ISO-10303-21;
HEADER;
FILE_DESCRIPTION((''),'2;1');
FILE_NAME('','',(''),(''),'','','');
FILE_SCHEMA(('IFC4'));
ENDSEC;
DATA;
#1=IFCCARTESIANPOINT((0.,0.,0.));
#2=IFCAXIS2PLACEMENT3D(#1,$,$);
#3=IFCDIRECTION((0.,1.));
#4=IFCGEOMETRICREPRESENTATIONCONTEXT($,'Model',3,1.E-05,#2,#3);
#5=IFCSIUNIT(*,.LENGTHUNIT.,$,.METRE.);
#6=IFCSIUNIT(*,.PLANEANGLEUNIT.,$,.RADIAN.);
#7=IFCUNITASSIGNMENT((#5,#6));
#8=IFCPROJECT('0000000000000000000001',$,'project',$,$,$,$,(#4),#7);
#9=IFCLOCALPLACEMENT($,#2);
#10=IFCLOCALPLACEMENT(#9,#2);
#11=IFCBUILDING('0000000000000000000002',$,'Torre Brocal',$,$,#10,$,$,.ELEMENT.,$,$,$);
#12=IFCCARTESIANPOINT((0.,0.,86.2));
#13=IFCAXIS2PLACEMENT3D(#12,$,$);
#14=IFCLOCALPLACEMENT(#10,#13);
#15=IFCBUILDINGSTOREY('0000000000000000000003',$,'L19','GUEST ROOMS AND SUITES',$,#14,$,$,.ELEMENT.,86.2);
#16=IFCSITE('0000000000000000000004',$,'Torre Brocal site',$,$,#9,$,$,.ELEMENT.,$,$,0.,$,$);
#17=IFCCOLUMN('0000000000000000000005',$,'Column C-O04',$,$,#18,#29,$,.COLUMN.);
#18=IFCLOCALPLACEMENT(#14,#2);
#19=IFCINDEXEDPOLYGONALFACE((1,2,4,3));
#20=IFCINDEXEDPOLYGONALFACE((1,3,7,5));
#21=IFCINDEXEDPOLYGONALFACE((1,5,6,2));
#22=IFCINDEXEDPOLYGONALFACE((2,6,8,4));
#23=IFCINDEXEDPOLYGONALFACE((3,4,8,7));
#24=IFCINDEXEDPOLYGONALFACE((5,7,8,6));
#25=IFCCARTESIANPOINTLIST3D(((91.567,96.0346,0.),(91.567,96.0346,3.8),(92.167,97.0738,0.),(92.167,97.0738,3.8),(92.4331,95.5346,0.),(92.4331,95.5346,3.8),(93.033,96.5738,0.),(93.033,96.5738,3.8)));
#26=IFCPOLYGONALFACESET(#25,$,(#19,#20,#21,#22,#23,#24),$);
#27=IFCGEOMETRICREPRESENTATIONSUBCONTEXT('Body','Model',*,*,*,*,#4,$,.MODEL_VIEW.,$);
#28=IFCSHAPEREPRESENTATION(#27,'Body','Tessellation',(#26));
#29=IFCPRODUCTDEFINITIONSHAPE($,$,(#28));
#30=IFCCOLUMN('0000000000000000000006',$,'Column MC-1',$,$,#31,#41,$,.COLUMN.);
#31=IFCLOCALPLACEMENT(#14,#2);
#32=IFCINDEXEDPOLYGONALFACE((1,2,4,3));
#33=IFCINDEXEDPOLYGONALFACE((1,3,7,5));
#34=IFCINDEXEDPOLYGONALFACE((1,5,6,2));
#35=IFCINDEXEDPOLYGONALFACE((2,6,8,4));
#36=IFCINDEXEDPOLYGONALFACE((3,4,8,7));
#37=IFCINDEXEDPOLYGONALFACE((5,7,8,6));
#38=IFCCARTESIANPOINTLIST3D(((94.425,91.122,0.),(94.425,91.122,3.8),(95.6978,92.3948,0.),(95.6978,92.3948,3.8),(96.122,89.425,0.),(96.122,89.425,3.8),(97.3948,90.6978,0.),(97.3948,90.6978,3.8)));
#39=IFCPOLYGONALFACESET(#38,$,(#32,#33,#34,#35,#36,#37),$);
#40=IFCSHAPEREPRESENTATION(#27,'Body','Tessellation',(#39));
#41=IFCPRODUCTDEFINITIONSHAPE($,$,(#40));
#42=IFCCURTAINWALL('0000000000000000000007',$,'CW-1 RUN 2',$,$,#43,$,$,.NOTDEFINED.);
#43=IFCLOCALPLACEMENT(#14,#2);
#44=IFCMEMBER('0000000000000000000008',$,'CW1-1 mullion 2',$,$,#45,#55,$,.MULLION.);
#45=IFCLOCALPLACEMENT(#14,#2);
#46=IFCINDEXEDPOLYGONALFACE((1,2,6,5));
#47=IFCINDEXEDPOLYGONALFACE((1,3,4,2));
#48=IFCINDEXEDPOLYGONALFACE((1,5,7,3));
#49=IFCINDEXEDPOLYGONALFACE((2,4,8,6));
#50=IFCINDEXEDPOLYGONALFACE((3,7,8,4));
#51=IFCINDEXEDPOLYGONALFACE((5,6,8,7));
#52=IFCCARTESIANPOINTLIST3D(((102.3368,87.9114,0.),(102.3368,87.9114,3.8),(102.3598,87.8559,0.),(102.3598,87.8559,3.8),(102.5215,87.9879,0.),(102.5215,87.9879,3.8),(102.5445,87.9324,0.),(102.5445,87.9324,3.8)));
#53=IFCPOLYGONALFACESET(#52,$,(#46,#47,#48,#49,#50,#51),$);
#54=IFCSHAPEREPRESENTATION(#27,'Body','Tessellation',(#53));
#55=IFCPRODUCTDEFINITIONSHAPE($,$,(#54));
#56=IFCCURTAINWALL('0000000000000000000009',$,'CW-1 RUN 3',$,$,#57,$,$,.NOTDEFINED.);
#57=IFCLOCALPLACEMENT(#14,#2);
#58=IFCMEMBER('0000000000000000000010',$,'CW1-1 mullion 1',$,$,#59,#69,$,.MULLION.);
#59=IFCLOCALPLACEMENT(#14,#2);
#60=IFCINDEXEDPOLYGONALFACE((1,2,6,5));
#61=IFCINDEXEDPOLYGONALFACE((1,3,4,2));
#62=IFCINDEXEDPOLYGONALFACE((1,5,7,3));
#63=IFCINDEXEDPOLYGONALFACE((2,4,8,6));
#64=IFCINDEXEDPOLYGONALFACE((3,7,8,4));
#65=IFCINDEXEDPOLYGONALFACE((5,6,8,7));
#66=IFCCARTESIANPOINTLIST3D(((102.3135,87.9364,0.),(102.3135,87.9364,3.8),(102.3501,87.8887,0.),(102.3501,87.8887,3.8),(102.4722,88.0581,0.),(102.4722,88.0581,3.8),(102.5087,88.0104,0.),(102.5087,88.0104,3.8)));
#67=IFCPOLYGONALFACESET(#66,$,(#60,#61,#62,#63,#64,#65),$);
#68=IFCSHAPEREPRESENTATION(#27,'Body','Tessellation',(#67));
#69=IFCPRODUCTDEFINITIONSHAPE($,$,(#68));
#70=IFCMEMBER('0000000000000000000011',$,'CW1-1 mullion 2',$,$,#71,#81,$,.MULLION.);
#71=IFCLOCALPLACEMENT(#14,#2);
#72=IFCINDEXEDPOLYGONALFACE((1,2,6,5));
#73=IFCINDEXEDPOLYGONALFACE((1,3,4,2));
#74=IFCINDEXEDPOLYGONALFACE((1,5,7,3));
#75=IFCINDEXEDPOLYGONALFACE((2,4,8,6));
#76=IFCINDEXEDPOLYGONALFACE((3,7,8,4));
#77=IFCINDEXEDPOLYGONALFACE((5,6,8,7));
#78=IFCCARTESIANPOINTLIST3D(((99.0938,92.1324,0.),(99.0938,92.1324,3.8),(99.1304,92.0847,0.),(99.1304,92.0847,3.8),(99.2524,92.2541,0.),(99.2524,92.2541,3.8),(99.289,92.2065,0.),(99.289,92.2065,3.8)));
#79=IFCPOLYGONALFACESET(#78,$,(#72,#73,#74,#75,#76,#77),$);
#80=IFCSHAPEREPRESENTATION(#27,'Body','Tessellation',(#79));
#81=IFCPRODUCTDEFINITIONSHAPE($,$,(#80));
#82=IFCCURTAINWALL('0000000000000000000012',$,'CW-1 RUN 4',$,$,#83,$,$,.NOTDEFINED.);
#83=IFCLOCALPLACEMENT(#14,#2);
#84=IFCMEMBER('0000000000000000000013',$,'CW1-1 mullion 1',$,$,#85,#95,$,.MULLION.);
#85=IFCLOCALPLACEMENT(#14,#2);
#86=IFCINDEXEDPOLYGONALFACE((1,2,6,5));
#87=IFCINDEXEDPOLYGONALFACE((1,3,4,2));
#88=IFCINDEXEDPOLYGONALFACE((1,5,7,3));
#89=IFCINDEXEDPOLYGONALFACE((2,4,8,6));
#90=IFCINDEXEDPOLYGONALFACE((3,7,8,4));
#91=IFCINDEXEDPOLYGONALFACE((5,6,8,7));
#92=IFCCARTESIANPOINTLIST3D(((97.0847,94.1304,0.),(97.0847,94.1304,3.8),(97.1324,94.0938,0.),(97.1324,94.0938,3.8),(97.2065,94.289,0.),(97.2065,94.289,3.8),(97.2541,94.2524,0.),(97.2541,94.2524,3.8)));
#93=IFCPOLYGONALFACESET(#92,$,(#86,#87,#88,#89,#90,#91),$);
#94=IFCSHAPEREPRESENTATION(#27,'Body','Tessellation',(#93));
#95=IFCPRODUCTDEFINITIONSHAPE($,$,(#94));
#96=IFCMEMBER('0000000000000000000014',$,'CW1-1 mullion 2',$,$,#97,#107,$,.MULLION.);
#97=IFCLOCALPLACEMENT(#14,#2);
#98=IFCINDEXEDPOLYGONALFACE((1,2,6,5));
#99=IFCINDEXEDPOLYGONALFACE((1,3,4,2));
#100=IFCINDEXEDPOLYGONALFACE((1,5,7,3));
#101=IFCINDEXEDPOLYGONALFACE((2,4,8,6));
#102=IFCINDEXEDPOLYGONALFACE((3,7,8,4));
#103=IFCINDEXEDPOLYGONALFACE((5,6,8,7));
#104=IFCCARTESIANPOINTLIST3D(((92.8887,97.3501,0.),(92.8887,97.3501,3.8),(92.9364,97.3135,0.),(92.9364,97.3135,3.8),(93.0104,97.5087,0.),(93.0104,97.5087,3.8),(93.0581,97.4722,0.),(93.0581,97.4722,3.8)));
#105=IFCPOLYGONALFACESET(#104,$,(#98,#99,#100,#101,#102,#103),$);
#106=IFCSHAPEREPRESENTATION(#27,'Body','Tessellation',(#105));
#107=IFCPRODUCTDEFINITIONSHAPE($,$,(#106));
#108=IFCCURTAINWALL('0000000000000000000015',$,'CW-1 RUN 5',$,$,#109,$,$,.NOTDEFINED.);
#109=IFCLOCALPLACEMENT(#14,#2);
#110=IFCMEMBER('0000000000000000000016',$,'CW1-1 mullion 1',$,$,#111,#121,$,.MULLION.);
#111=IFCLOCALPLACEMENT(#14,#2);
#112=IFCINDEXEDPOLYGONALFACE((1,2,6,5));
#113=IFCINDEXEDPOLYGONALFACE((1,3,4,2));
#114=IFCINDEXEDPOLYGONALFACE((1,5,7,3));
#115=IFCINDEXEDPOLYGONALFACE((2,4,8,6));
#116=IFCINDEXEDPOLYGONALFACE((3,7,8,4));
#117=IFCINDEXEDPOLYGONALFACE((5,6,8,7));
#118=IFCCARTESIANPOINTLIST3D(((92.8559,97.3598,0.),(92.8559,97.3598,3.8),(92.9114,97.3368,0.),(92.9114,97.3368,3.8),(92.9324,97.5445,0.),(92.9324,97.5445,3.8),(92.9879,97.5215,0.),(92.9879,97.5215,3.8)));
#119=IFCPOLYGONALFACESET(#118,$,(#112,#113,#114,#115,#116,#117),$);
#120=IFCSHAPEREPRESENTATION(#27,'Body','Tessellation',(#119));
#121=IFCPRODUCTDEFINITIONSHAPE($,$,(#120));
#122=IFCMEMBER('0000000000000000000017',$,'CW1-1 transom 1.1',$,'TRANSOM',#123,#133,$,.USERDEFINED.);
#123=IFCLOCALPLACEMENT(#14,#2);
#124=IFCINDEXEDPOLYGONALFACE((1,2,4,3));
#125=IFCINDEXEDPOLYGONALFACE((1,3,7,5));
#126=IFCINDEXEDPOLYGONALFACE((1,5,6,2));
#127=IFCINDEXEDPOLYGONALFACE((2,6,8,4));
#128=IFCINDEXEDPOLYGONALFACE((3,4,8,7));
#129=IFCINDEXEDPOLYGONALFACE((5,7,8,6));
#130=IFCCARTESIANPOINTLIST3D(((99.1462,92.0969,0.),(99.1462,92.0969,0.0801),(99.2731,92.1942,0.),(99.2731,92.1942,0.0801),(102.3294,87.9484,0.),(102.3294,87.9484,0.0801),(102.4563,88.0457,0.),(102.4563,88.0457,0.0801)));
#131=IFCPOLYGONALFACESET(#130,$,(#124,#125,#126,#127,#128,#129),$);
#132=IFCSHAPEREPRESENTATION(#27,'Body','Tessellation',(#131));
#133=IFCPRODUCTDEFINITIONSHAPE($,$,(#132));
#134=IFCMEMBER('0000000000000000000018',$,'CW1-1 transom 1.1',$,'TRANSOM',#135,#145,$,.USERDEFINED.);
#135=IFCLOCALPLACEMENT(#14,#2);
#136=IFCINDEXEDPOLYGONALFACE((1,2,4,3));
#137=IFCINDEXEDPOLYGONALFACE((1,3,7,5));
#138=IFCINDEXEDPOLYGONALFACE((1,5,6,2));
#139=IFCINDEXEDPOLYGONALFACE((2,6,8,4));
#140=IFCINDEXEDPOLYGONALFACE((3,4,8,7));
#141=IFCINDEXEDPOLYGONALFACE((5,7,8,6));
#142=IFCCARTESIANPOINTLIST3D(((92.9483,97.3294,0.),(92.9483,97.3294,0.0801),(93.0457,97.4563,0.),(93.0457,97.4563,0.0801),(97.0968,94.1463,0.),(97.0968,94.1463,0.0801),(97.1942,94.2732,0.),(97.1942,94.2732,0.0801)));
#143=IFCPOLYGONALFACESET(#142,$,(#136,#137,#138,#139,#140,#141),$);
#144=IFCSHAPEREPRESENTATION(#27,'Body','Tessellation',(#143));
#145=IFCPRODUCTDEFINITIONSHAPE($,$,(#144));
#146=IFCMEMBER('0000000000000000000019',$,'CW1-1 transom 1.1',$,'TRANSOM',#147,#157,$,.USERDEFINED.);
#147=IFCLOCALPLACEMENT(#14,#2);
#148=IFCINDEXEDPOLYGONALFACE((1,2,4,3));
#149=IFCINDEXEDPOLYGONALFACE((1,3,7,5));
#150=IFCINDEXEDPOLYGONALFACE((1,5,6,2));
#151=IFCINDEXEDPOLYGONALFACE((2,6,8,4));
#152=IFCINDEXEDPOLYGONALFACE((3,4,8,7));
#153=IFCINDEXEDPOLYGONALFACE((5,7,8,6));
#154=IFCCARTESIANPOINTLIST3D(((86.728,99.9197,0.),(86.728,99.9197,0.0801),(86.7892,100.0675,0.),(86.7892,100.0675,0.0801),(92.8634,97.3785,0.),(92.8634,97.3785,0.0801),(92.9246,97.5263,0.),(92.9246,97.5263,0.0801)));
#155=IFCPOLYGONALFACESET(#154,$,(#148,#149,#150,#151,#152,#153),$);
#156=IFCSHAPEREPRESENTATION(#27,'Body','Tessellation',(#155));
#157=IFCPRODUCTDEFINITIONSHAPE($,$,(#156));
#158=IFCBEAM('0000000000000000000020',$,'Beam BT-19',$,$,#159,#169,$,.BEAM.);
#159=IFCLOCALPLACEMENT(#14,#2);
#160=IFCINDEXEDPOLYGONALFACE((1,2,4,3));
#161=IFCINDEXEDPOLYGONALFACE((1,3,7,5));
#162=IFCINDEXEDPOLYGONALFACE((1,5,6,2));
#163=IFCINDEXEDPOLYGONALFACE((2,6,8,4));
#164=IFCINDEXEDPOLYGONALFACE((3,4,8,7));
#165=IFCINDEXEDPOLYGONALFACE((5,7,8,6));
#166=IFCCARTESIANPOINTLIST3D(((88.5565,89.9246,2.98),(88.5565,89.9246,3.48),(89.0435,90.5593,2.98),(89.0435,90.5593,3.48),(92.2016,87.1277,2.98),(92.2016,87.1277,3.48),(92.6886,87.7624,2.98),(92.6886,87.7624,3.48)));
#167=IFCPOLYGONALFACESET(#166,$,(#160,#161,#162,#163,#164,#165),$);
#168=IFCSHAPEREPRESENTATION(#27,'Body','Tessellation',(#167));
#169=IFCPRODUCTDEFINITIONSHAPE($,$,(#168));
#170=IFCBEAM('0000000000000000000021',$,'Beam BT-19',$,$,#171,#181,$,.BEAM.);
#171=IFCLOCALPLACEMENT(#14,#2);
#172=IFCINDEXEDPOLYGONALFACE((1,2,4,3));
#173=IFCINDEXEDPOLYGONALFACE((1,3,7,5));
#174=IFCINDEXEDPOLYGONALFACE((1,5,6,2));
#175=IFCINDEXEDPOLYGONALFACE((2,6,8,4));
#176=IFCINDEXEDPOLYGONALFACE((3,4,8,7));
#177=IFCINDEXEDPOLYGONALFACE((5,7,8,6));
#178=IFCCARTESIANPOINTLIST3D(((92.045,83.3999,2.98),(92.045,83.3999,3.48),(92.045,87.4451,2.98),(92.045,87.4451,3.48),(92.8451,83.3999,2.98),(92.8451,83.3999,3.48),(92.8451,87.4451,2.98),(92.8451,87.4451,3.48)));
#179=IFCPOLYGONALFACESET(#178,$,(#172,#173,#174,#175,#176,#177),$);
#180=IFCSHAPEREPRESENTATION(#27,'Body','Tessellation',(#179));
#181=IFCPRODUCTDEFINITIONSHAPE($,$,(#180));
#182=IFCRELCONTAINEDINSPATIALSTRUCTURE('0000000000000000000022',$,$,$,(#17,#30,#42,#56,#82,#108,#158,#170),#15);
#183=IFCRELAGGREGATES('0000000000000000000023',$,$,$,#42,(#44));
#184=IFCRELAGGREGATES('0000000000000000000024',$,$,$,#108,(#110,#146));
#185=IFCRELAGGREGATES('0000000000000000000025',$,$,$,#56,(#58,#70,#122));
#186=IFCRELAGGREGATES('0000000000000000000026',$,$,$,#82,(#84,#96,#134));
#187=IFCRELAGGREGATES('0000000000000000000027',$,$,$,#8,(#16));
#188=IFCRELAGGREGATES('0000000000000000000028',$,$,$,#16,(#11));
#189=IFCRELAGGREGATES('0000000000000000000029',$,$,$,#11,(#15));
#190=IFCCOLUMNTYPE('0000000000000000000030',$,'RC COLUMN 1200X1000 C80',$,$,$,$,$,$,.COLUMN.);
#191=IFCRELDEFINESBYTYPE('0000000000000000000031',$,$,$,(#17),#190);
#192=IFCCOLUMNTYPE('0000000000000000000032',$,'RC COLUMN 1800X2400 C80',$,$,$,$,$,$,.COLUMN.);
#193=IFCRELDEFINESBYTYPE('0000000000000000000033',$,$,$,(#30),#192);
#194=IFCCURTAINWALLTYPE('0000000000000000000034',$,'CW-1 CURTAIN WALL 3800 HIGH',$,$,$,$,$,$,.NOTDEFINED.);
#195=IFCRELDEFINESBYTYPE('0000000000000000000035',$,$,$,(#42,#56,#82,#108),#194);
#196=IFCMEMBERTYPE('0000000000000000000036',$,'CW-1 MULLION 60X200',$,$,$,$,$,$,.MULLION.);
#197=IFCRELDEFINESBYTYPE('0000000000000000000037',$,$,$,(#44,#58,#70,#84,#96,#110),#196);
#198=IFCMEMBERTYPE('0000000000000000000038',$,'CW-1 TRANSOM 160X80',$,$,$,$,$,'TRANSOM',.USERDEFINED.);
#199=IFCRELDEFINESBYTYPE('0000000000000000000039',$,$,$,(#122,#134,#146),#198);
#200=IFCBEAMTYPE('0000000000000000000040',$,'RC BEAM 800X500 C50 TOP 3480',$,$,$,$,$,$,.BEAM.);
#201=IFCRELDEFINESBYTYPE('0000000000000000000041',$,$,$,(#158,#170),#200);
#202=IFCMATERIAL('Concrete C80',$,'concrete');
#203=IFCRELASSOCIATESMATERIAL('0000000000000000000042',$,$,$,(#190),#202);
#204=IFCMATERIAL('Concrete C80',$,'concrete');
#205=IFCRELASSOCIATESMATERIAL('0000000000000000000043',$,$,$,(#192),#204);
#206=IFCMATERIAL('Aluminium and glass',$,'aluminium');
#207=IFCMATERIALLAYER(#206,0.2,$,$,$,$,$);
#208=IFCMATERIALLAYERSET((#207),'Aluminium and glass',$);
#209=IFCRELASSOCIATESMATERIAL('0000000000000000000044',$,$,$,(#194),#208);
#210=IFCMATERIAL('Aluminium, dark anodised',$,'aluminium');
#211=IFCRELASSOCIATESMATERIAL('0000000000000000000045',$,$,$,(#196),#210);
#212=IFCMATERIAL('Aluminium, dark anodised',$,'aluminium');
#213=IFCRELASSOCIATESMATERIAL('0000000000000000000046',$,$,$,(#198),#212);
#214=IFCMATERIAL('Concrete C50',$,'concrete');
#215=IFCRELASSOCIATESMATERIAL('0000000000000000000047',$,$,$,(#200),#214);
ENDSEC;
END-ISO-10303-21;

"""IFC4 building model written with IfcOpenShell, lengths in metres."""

from ifc_helpers import new_model, si_unit, direction, frame, origin, origin_2d, place, context, subcontext, project, spatial, rectangle, extrude, material, layer, layer_set, material_profile, profile_set, type_object, element, aggregate, save


model = new_model("IFC4")

# Units and contexts
model_context = context("Model", 3, precision=1e-05, world=origin(), true_north=direction((0.0, 1.0)))
body_context = subcontext(model_context, "Body", "Model", "MODEL_VIEW")
ifc_project = project(units=[si_unit("LENGTHUNIT", "METRE"), si_unit("PLANEANGLEUNIT", "RADIAN")], contexts=[model_context])

# Site, building, storey
site_placement = place(None, origin())
site = spatial("IfcSite", under=ifc_project, at=site_placement, Name="Torre Brocal site", CompositionType="ELEMENT", RefElevation=0.0)
building_placement = place(site_placement, origin())
building = spatial("IfcBuilding", under=site, at=building_placement, Name="Torre Brocal", CompositionType="ELEMENT")
storey_placement = place(building_placement, frame((0.0, 0.0, 86.2)))
storey = spatial("IfcBuildingStorey", under=building, at=storey_placement, Name="L19", Description="GUEST ROOMS AND SUITES", CompositionType="ELEMENT", Elevation=86.2)

# Columns
ifc_material_1 = material(Name="Concrete C80", Category="concrete")
ifc_material_profile_1 = material_profile(ifc_material_1, rectangle(XDim=1.2, YDim=1.0, at=origin_2d()), Name="RC 1200X1000")
ifc_profile_set_1 = profile_set([ifc_material_profile_1], Name="Concrete C80")
column_type_1 = type_object("IfcColumnType", Name="RC COLUMN 1200X1000 C80", PredefinedType="COLUMN", material=ifc_profile_set_1)
column_1_placement = place(storey_placement, frame((92.3, 96.3042, 0.0), z_axis=(0.0, 0.0, 1.0), x_axis=(0.5, 0.866025, 0.0)))
element("IfcColumn", 1, at=column_1_placement, inside=storey, type_object=column_type_1, Name="Column C-O04", PredefinedType="COLUMN", context=body_context, shape_type="SweptSolid", body=[
    extrude(rectangle(XDim=1.2, YDim=1.0, at=origin_2d()), origin(), (0.0, 0.0, 1.0), 3.8),
])
ifc_material_2 = material(Name="Concrete C80", Category="concrete")
ifc_material_profile_2 = material_profile(ifc_material_2, rectangle(XDim=1.8, YDim=2.3999, at=origin_2d()), Name="RC 1800X2400")
ifc_profile_set_2 = profile_set([ifc_material_profile_2], Name="Concrete C80")
column_type_2 = type_object("IfcColumnType", Name="RC COLUMN 1800X2400 C80", PredefinedType="COLUMN", material=ifc_profile_set_2)
column_2_placement = place(storey_placement, frame((95.9099, 90.9099, 0.0), z_axis=(0.0, 0.0, 1.0), x_axis=(0.707107, 0.707107, 0.0)))
element("IfcColumn", 2, at=column_2_placement, inside=storey, type_object=column_type_2, Name="Column MC-1", PredefinedType="COLUMN", context=body_context, shape_type="SweptSolid", body=[
    extrude(rectangle(XDim=1.8, YDim=2.3999, at=origin_2d()), origin(), (0.0, 0.0, 1.0), 3.8),
])

# Curtain wall, member
ifc_material_3 = material(Name="Aluminium and glass", Category="aluminium")
ifc_layer_1 = layer(ifc_material_3, 0.2)
ifc_layer_set_1 = layer_set([ifc_layer_1], Name="Aluminium and glass")
curtain_wall_type = type_object("IfcCurtainWallType", Name="CW-1 CURTAIN WALL 3800 HIGH", PredefinedType="NOTDEFINED", material=ifc_layer_set_1)
curtain_wall_1_placement = place(storey_placement, origin())
curtain_wall_1 = element("IfcCurtainWall", 3, at=curtain_wall_1_placement, inside=storey, type_object=curtain_wall_type, Name="CW-1 RUN 2", PredefinedType="NOTDEFINED")
ifc_material_4 = material(Name="Aluminium, dark anodised", Category="aluminium")
ifc_material_profile_3 = material_profile(ifc_material_4, rectangle(XDim=0.2, YDim=0.0601, at=origin_2d()), Name="CW-1 MULLION 60X200")
ifc_profile_set_3 = profile_set([ifc_material_profile_3], Name="Aluminium, dark anodised")
member_type_1 = type_object("IfcMemberType", Name="CW-1 MULLION 60X200", PredefinedType="MULLION", material=ifc_profile_set_3)
member_1_placement = place(storey_placement, frame((102.4407, 87.9219, 0.0), z_axis=(0.0, 0.0, 1.0), x_axis=(-0.92388, -0.382683, 0.0)))
member_1 = element("IfcMember", 4, at=member_1_placement, type_object=member_type_1, Name="CW1-1 mullion 2", PredefinedType="MULLION", context=body_context, shape_type="SweptSolid", body=[
    extrude(rectangle(XDim=0.2, YDim=0.0601, at=origin_2d()), origin(), (0.0, 0.0, 1.0), 3.8),
])
aggregate(curtain_wall_1, [member_1])

# Curtain walls, members
curtain_wall_2_placement = place(storey_placement, origin())
curtain_wall_2 = element("IfcCurtainWall", 5, at=curtain_wall_2_placement, inside=storey, type_object=curtain_wall_type, Name="CW-1 RUN 3", PredefinedType="NOTDEFINED")
member_2_placement = place(storey_placement, frame((102.4111, 87.9734, 0.0), z_axis=(0.0, 0.0, 1.0), x_axis=(-0.793353, -0.608761, 0.0)))
member_2 = element("IfcMember", 6, at=member_2_placement, type_object=member_type_1, Name="CW1-1 mullion 1", PredefinedType="MULLION", context=body_context, shape_type="SweptSolid", body=[
    extrude(rectangle(XDim=0.2, YDim=0.0601, at=origin_2d()), origin(), (0.0, 0.0, 1.0), 3.8),
])
member_3_placement = place(storey_placement, frame((99.1914, 92.1694, 0.0), z_axis=(0.0, 0.0, 1.0), x_axis=(-0.793353, -0.608761, 0.0)))
member_3 = element("IfcMember", 7, at=member_3_placement, type_object=member_type_1, Name="CW1-1 mullion 2", PredefinedType="MULLION", context=body_context, shape_type="SweptSolid", body=[
    extrude(rectangle(XDim=0.2, YDim=0.0601, at=origin_2d()), origin(), (0.0, 0.0, 1.0), 3.8),
])
curtain_wall_3_placement = place(storey_placement, origin())
curtain_wall_3 = element("IfcCurtainWall", 8, at=curtain_wall_3_placement, inside=storey, type_object=curtain_wall_type, Name="CW-1 RUN 4", PredefinedType="NOTDEFINED")
member_4_placement = place(storey_placement, frame((97.1694, 94.1914, 0.0), z_axis=(0.0, 0.0, 1.0), x_axis=(-0.608761, -0.793353, 0.0)))
member_4 = element("IfcMember", 9, at=member_4_placement, type_object=member_type_1, Name="CW1-1 mullion 1", PredefinedType="MULLION", context=body_context, shape_type="SweptSolid", body=[
    extrude(rectangle(XDim=0.2, YDim=0.0601, at=origin_2d()), origin(), (0.0, 0.0, 1.0), 3.8),
])
member_5_placement = place(storey_placement, frame((92.9734, 97.4111, 0.0), z_axis=(0.0, 0.0, 1.0), x_axis=(-0.608761, -0.793353, 0.0)))
member_5 = element("IfcMember", 10, at=member_5_placement, type_object=member_type_1, Name="CW1-1 mullion 2", PredefinedType="MULLION", context=body_context, shape_type="SweptSolid", body=[
    extrude(rectangle(XDim=0.2, YDim=0.0601, at=origin_2d()), origin(), (0.0, 0.0, 1.0), 3.8),
])

# Curtain wall, member
curtain_wall_4_placement = place(storey_placement, origin())
curtain_wall_4 = element("IfcCurtainWall", 11, at=curtain_wall_4_placement, inside=storey, type_object=curtain_wall_type, Name="CW-1 RUN 5", PredefinedType="NOTDEFINED")
member_6_placement = place(storey_placement, frame((92.9219, 97.4407, 0.0), z_axis=(0.0, 0.0, 1.0), x_axis=(-0.382683, -0.92388, 0.0)))
member_6 = element("IfcMember", 12, at=member_6_placement, type_object=member_type_1, Name="CW1-1 mullion 1", PredefinedType="MULLION", context=body_context, shape_type="SweptSolid", body=[
    extrude(rectangle(XDim=0.2, YDim=0.0601, at=origin_2d()), origin(), (0.0, 0.0, 1.0), 3.8),
])

# Members
ifc_material_5 = material(Name="Aluminium, dark anodised", Category="aluminium")
ifc_material_profile_4 = material_profile(ifc_material_5, rectangle(XDim=0.1599, YDim=0.0801, at=origin_2d()), Name="CW-1 TRANSOM 160X80")
ifc_profile_set_4 = profile_set([ifc_material_profile_4], Name="Aluminium, dark anodised")
member_type_2 = type_object("IfcMemberType", Name="CW-1 TRANSOM 160X80", ElementType="TRANSOM", PredefinedType="USERDEFINED", material=ifc_profile_set_4)
member_7_placement = place(storey_placement, frame((102.3928, 87.9971, 0.04), z_axis=(-0.608749, 0.793363, 0.0), x_axis=(-0.793363, -0.608749, 0.0)))
member_7 = element("IfcMember", 13, at=member_7_placement, type_object=member_type_2, Name="CW1-1 transom 1.1", ObjectType="TRANSOM", PredefinedType="USERDEFINED", context=body_context, shape_type="SweptSolid", body=[
    extrude(rectangle(XDim=0.1599, YDim=0.0801, at=origin_2d()), origin(), (0.0, 0.0, 1.0), 5.229),
])
member_8_placement = place(storey_placement, frame((97.1455, 94.2097, 0.04), z_axis=(-0.793363, 0.608749, 0.0), x_axis=(-0.608749, -0.793363, 0.0)))
member_8 = element("IfcMember", 14, at=member_8_placement, type_object=member_type_2, Name="CW1-1 transom 1.1", ObjectType="TRANSOM", PredefinedType="USERDEFINED", context=body_context, shape_type="SweptSolid", body=[
    extrude(rectangle(XDim=0.1599, YDim=0.0801, at=origin_2d()), origin(), (0.0, 0.0, 1.0), 5.229),
])
member_9_placement = place(storey_placement, frame((92.894, 97.4524, 0.04), z_axis=(-0.923887, 0.382665, 0.0), x_axis=(-0.382665, -0.923887, 0.0)))
member_9 = element("IfcMember", 15, at=member_9_placement, type_object=member_type_2, Name="CW1-1 transom 1.1", ObjectType="TRANSOM", PredefinedType="USERDEFINED", context=body_context, shape_type="SweptSolid", body=[
    extrude(rectangle(XDim=0.1599, YDim=0.0801, at=origin_2d()), origin(), (0.0, 0.0, 1.0), 6.6409),
])
aggregate(curtain_wall_4, [member_6, member_9])

# Beams
ifc_material_6 = material(Name="Concrete C50", Category="concrete")
ifc_material_profile_5 = material_profile(ifc_material_6, rectangle(XDim=0.8, YDim=0.5, at=origin_2d()), Name="RC 800X500")
ifc_profile_set_5 = profile_set([ifc_material_profile_5], Name="Concrete C50")
beam_type_1 = type_object("IfcBeamType", Name="RC BEAM 800X500 C50 TOP 3480", PredefinedType="BEAM", material=ifc_profile_set_5)
beam_1_placement = place(storey_placement, frame((92.4451, 87.4451, 3.23), z_axis=(-0.793358, 0.608755, 0.0), x_axis=(-0.608755, -0.793358, 0.0)))
element("IfcBeam", 16, at=beam_1_placement, inside=storey, type_object=beam_type_1, Name="Beam BT-19", PredefinedType="BEAM", context=body_context, shape_type="SweptSolid", body=[
    extrude(rectangle(XDim=0.8, YDim=0.5, at=origin_2d()), origin(), (0.0, 0.0, 1.0), 4.5945),
])
beam_2_placement = place(storey_placement, frame((92.4451, 87.4451, 3.23), z_axis=(0.0, -1.0, 0.0), x_axis=(1.0, 0.0, 0.0)))
element("IfcBeam", 17, at=beam_2_placement, inside=storey, type_object=beam_type_1, Name="Beam BT-19", PredefinedType="BEAM", context=body_context, shape_type="SweptSolid", body=[
    extrude(rectangle(XDim=0.8, YDim=0.5, at=origin_2d()), origin(), (0.0, 0.0, 1.0), 4.0452),
])

aggregate(curtain_wall_2, [member_2, member_3, member_7])
aggregate(curtain_wall_3, [member_4, member_5, member_8])

save(model, "model.ifc")
